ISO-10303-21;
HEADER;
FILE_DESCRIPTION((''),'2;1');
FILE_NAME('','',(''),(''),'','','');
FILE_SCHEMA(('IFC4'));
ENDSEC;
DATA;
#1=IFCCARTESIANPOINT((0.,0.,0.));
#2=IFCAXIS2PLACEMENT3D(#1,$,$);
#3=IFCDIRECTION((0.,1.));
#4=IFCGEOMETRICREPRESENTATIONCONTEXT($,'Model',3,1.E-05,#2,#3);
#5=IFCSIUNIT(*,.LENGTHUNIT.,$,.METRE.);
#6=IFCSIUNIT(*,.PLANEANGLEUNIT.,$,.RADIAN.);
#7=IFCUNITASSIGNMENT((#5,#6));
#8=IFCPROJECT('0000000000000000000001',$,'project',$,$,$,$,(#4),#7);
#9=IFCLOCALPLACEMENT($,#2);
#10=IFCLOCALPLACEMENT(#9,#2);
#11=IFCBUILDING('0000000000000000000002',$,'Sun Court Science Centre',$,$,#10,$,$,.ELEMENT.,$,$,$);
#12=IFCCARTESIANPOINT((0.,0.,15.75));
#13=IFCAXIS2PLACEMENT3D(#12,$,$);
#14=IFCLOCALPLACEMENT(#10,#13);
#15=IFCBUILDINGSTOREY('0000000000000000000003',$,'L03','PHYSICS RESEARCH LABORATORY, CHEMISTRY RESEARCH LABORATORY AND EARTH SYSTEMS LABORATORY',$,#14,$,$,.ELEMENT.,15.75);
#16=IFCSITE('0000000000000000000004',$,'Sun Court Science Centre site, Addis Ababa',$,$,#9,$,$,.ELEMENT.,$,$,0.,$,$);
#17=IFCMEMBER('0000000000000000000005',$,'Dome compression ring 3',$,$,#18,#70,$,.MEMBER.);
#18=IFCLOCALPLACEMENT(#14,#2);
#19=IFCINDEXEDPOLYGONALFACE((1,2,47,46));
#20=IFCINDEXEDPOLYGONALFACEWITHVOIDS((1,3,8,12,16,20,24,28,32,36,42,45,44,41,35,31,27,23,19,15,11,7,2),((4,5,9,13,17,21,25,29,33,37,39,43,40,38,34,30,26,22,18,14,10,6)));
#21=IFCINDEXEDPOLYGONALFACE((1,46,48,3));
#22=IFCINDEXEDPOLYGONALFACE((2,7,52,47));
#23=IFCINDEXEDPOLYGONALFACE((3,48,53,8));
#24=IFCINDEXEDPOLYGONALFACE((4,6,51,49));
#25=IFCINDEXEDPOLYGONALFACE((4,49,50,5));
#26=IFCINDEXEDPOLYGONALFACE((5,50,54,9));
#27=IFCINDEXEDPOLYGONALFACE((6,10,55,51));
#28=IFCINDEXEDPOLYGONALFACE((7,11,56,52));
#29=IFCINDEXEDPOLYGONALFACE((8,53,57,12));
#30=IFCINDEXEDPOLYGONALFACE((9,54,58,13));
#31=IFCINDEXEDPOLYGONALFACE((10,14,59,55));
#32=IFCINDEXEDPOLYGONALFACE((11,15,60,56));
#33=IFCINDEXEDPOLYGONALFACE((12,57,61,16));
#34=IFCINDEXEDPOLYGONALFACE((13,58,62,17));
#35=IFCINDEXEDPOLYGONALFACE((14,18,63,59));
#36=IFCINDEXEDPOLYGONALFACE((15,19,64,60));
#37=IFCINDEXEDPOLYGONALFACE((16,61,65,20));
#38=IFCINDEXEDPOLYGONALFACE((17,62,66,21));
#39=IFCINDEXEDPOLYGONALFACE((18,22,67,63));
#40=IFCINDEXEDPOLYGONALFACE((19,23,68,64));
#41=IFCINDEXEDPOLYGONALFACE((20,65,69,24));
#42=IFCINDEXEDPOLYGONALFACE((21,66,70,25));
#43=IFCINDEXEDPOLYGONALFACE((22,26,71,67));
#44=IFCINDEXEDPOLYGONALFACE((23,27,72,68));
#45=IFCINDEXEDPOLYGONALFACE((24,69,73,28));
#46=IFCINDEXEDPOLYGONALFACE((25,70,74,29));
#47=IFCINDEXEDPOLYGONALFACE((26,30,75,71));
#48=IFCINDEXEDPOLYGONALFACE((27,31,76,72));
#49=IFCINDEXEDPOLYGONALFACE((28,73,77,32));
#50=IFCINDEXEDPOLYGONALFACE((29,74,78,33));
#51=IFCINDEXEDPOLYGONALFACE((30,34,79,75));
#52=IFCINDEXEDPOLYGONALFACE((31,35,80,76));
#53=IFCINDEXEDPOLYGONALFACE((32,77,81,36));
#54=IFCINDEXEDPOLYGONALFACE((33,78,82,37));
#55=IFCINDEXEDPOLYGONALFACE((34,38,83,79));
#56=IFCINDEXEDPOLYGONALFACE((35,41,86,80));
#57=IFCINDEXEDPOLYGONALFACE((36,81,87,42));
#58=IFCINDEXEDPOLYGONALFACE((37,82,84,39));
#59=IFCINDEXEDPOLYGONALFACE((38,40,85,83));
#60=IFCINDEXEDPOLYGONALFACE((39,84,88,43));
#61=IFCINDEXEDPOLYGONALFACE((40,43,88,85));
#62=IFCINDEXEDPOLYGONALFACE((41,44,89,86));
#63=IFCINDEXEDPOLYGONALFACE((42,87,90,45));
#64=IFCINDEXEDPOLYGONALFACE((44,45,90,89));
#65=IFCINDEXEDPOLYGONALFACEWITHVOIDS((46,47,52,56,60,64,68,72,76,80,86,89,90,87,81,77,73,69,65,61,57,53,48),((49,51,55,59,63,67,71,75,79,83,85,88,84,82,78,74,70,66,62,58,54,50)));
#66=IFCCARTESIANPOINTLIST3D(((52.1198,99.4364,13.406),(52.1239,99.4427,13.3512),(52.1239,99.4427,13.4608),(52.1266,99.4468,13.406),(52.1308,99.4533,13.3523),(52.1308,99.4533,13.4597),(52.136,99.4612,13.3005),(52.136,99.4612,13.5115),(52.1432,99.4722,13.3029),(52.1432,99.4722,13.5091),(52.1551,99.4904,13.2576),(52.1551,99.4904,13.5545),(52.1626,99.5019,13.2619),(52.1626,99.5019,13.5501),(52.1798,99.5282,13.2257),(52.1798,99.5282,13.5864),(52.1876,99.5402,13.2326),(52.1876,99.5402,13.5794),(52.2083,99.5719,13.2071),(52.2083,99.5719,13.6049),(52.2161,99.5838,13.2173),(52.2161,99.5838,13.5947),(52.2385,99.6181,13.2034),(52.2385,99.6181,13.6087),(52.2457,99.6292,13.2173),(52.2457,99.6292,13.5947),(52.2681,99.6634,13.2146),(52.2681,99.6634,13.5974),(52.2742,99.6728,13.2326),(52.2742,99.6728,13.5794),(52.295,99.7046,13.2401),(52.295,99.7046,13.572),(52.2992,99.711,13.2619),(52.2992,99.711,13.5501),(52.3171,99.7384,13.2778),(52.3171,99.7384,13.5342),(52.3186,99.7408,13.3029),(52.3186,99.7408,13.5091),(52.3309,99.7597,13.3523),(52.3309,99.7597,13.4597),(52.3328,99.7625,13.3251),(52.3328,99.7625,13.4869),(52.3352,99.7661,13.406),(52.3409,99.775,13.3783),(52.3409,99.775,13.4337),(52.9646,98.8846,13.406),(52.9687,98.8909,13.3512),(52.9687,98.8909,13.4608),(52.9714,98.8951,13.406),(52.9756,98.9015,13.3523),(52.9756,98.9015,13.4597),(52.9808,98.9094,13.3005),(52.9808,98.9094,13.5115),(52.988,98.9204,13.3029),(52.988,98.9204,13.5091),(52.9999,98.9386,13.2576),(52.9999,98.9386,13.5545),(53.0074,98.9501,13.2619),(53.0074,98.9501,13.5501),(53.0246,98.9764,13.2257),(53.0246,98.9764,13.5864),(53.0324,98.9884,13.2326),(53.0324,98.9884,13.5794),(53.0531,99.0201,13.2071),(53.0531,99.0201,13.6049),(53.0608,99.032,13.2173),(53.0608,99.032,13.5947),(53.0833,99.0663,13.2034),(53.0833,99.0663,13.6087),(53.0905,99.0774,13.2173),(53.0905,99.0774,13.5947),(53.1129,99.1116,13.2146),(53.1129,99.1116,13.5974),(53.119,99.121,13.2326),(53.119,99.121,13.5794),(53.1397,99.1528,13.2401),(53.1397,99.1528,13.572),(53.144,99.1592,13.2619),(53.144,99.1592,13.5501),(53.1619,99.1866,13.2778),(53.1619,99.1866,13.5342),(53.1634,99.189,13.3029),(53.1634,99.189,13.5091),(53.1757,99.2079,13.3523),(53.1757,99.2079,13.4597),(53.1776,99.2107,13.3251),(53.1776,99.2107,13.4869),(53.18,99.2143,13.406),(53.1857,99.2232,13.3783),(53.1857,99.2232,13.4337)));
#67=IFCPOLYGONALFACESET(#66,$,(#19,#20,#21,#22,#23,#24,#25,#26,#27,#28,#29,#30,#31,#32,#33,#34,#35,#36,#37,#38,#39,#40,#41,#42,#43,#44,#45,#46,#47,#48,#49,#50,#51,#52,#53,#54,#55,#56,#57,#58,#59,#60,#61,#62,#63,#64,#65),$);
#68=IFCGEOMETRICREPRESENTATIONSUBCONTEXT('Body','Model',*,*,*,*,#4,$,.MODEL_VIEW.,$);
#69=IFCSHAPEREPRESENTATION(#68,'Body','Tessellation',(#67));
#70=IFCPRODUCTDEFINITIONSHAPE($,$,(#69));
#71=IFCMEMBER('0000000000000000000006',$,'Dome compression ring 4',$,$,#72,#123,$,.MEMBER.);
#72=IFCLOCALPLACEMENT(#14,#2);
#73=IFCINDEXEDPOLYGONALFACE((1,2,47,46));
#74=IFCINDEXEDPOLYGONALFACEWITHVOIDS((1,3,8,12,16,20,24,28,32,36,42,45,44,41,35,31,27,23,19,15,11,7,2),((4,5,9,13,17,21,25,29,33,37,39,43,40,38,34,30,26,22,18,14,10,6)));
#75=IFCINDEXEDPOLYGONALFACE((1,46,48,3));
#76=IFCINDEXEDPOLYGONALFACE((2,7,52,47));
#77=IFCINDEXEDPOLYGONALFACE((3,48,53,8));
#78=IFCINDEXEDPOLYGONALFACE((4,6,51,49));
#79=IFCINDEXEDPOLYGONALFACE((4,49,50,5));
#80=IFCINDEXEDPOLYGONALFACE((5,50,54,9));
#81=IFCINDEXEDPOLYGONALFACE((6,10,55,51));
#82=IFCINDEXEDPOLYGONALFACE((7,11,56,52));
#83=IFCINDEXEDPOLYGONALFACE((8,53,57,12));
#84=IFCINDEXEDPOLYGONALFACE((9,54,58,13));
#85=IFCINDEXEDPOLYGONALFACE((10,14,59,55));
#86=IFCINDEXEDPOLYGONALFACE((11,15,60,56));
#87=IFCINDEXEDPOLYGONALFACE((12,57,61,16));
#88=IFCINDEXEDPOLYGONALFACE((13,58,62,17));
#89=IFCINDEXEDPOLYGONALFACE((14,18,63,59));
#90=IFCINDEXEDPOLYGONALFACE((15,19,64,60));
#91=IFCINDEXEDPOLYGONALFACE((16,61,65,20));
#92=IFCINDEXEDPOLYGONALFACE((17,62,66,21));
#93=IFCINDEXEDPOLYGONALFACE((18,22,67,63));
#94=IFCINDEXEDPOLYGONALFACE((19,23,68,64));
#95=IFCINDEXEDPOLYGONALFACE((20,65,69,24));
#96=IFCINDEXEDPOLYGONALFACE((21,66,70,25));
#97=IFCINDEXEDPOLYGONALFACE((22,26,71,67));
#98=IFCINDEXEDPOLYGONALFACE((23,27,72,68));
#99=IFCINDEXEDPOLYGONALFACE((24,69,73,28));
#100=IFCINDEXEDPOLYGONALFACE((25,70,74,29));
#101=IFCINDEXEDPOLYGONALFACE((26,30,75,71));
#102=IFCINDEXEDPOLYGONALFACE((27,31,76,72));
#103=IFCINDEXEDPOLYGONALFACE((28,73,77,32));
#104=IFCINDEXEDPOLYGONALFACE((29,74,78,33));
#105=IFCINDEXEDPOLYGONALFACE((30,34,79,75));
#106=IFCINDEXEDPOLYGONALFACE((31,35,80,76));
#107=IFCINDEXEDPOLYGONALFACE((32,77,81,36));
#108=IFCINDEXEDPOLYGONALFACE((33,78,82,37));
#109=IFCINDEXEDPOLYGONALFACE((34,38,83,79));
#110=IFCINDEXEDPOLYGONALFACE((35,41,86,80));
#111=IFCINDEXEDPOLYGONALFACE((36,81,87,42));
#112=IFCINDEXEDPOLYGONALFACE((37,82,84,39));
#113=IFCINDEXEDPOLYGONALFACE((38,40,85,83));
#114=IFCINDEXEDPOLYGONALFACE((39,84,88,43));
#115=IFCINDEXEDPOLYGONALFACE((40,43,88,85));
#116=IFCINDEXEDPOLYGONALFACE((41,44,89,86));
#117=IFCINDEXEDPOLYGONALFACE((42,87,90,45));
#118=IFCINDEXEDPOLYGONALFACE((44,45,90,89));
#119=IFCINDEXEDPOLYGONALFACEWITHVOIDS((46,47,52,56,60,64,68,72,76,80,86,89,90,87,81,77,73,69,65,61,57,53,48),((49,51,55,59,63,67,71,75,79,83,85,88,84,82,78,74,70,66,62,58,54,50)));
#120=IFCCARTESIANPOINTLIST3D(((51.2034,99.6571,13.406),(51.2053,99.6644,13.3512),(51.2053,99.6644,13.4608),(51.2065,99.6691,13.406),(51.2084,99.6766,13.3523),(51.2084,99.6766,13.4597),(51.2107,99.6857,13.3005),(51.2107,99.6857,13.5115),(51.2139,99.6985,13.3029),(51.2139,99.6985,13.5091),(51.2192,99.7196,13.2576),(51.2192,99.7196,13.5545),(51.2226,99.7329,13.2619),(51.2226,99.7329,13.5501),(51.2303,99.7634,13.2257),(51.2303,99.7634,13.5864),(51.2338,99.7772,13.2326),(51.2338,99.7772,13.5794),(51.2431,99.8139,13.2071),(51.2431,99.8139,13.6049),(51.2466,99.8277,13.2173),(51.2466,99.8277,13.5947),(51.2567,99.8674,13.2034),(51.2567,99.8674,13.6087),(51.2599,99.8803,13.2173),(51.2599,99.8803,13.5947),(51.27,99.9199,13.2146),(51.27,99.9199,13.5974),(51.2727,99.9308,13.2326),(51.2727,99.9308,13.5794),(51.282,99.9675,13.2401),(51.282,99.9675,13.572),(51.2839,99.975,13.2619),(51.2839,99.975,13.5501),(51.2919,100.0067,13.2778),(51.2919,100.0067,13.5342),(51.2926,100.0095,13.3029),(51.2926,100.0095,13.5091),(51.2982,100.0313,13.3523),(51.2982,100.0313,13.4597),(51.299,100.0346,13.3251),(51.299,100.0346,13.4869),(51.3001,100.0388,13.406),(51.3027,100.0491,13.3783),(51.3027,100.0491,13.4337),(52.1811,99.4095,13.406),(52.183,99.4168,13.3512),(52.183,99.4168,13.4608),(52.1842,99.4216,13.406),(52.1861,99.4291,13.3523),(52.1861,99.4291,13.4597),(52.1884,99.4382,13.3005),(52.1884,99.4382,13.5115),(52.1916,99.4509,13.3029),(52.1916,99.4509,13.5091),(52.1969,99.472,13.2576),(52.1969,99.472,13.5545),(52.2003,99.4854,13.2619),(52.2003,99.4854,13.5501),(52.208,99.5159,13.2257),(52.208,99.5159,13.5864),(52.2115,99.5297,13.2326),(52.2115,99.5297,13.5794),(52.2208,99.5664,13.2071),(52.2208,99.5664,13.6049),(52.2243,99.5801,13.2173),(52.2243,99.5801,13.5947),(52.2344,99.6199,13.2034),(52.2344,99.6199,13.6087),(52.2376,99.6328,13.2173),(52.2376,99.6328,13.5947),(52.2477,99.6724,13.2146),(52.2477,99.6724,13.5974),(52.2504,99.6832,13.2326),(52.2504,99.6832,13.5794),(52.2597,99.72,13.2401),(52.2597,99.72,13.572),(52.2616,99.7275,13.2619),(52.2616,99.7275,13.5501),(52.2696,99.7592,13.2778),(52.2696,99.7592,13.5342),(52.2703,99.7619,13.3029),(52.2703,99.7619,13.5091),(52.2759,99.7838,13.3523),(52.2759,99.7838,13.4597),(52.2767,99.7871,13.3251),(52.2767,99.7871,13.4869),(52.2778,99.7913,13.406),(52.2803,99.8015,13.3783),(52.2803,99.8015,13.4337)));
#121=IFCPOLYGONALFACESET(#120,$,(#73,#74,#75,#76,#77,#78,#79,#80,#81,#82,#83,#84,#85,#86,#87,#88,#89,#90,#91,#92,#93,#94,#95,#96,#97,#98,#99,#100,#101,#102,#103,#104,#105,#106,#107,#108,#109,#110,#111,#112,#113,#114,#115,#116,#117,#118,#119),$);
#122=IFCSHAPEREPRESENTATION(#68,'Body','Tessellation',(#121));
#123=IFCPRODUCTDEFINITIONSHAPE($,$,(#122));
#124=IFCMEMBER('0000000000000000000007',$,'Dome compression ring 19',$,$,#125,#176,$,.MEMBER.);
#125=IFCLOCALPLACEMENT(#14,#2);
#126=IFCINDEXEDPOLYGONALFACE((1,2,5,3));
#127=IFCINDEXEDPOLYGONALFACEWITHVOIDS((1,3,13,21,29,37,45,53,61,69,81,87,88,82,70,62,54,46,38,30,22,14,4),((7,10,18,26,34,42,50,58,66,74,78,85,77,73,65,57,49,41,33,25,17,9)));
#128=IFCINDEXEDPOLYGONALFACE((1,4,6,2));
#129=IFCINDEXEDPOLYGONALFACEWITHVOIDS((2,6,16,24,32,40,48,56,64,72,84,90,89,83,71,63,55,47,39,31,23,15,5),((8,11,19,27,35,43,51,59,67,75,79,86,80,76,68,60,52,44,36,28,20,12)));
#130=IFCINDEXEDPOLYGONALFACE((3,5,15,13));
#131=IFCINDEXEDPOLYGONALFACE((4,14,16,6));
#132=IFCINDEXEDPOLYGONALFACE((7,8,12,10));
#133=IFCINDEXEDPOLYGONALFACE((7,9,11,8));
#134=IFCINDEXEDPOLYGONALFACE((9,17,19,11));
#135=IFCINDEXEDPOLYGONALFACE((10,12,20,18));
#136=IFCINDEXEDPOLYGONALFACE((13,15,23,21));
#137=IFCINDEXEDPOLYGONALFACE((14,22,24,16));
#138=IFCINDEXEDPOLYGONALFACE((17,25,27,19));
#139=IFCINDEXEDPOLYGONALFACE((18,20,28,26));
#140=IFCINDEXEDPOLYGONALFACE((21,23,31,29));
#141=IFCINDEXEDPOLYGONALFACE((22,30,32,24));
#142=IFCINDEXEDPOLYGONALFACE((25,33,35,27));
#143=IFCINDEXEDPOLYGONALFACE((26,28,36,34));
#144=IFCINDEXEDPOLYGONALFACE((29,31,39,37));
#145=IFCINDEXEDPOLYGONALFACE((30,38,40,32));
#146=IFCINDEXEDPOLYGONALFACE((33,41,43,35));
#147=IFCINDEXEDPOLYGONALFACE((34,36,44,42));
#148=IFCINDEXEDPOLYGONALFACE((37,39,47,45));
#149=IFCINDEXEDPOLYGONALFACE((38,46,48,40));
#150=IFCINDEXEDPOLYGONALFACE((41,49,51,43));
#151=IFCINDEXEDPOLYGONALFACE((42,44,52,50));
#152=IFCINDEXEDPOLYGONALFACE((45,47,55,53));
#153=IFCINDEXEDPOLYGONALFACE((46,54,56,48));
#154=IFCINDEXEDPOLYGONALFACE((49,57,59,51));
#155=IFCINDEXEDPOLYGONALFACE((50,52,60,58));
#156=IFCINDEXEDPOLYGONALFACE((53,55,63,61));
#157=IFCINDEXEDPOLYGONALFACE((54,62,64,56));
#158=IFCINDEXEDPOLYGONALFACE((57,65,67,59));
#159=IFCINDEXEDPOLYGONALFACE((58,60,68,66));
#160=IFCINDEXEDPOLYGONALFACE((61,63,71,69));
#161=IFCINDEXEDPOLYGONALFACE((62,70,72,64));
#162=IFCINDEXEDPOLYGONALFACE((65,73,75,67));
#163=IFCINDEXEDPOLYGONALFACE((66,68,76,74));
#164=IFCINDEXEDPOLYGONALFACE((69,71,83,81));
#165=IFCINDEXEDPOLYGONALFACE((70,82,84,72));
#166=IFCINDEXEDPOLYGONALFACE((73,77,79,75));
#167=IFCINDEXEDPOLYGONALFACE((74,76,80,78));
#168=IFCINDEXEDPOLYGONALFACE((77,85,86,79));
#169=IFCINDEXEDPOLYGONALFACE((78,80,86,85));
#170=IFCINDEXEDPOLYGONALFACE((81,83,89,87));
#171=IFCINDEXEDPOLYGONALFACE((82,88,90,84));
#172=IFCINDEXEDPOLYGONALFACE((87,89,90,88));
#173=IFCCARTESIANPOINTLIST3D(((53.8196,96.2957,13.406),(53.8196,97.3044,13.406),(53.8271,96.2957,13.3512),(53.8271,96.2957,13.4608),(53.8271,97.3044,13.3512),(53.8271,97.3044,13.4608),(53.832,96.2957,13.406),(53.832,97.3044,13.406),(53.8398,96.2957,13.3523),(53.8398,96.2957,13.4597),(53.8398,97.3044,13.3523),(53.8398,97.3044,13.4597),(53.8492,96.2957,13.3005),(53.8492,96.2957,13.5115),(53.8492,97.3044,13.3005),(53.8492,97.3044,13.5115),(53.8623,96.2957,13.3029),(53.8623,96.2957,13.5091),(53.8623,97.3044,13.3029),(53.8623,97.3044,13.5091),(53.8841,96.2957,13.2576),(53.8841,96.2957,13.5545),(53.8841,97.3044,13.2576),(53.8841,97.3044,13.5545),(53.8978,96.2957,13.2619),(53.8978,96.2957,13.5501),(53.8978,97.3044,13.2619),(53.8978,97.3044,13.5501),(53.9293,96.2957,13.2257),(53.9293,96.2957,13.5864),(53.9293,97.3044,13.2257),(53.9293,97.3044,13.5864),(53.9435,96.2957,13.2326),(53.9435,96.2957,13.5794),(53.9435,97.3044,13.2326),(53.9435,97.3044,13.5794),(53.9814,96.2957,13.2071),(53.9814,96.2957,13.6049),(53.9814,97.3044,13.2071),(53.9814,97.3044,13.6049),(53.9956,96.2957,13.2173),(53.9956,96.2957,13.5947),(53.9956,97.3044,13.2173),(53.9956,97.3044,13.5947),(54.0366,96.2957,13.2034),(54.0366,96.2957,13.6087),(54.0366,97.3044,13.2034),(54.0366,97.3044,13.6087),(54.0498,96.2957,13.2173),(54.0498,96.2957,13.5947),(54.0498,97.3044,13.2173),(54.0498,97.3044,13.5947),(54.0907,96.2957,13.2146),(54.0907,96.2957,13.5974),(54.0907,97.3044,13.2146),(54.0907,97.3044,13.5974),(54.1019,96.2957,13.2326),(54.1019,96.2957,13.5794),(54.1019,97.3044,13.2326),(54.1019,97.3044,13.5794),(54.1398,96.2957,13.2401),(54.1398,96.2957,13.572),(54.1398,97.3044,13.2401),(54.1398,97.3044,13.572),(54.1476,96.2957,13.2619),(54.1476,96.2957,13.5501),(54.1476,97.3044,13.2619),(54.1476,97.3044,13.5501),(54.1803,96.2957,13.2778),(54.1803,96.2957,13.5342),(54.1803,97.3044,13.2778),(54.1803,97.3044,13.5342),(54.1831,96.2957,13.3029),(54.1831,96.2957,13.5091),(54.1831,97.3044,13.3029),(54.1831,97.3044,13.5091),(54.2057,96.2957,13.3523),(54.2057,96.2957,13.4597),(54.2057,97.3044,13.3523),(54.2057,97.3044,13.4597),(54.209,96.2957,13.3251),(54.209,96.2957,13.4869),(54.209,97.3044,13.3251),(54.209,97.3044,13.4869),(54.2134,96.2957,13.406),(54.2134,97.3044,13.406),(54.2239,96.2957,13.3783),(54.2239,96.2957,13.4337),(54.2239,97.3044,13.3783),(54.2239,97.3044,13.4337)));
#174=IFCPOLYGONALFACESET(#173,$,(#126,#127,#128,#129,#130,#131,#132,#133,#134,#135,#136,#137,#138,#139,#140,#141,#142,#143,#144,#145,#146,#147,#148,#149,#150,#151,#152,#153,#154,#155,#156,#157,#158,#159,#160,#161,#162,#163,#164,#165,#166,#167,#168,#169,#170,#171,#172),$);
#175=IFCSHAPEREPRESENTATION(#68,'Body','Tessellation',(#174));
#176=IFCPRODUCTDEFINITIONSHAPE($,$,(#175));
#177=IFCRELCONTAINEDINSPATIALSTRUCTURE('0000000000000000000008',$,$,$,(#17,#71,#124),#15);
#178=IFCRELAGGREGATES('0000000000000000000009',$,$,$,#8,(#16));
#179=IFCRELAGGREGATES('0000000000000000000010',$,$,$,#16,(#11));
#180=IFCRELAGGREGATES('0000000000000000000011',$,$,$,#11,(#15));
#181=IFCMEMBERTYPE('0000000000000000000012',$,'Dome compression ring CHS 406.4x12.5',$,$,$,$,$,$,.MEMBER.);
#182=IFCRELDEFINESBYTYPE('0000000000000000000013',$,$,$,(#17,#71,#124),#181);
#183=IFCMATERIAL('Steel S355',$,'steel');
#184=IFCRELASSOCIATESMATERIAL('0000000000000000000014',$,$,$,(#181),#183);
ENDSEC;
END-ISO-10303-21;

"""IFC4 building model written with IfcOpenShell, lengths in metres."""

from ifc_helpers import new_model, si_unit, direction, frame, origin, origin_2d, place, context, subcontext, project, spatial, hollow_circle, extrude, material, material_profile, profile_set, type_object, element, save


model = new_model("IFC4")

# Units and contexts
model_context = context("Model", 3, precision=1e-05, world=origin(), true_north=direction((0.0, 1.0)))
body_context = subcontext(model_context, "Body", "Model", "MODEL_VIEW")
ifc_project = project(units=[si_unit("LENGTHUNIT", "METRE"), si_unit("PLANEANGLEUNIT", "RADIAN")], contexts=[model_context])

# Site, building, storey
site_placement = place(None, origin())
site = spatial("IfcSite", under=ifc_project, at=site_placement, Name="Sun Court Science Centre site, Addis Ababa", CompositionType="ELEMENT", RefElevation=0.0)
building_placement = place(site_placement, origin())
building = spatial("IfcBuilding", under=site, at=building_placement, Name="Sun Court Science Centre", CompositionType="ELEMENT")
storey_placement = place(building_placement, frame((0.0, 0.0, 15.75)))
storey = spatial("IfcBuildingStorey", under=building, at=storey_placement, Name="L03", Description="PHYSICS RESEARCH LABORATORY, CHEMISTRY RESEARCH LABORATORY AND EARTH SYSTEMS LABORATORY", CompositionType="ELEMENT", Elevation=15.75)

# Members
ifc_material_1 = material(Name="Steel S355", Category="steel")
ifc_material_profile_1 = material_profile(ifc_material_1, hollow_circle(Radius=0.2031, WallThickness=0.0125, at=origin_2d()), Name="CHS 406.4x12.5")
ifc_profile_set_1 = profile_set([ifc_material_profile_1], Name="Steel S355")
member_type_1 = type_object("IfcMemberType", Name="Dome compression ring CHS 406.4x12.5", PredefinedType="MEMBER", material=ifc_profile_set_1)
member_1_placement = place(storey_placement, frame((53.0757, 99.0547, 13.406), z_axis=(-0.837225, 0.546858, 0.0), x_axis=(-0.546858, -0.837225, 0.0)))
element("IfcMember", 1, at=member_1_placement, inside=storey, type_object=member_type_1, Name="Dome compression ring 3", PredefinedType="MEMBER", context=body_context, shape_type="SweptSolid", body=[
    extrude(hollow_circle(Radius=0.2031, WallThickness=0.0125, at=origin_2d()), origin(), (0.0, 0.0, 1.0), 1.009),
])
member_2_placement = place(storey_placement, frame((52.231, 99.6064, 13.406), z_axis=(-0.969412, 0.245439, 0.0), x_axis=(-0.245439, -0.969412, 0.0)))
element("IfcMember", 2, at=member_2_placement, inside=storey, type_object=member_type_1, Name="Dome compression ring 4", PredefinedType="MEMBER", context=body_context, shape_type="SweptSolid", body=[
    extrude(hollow_circle(Radius=0.2031, WallThickness=0.0125, at=origin_2d()), origin(), (0.0, 0.0, 1.0), 1.0085),
])
member_3_placement = place(storey_placement, frame((54.0227, 96.2957, 13.406), z_axis=(0.0, 1.0, 0.0), x_axis=(-1.0, 0.0, 0.0)))
element("IfcMember", 3, at=member_3_placement, inside=storey, type_object=member_type_1, Name="Dome compression ring 19", PredefinedType="MEMBER", context=body_context, shape_type="SweptSolid", body=[
    extrude(hollow_circle(Radius=0.2031, WallThickness=0.0125, at=origin_2d()), origin(), (0.0, 0.0, 1.0), 1.0088),
])

save(model, "model.ifc")
